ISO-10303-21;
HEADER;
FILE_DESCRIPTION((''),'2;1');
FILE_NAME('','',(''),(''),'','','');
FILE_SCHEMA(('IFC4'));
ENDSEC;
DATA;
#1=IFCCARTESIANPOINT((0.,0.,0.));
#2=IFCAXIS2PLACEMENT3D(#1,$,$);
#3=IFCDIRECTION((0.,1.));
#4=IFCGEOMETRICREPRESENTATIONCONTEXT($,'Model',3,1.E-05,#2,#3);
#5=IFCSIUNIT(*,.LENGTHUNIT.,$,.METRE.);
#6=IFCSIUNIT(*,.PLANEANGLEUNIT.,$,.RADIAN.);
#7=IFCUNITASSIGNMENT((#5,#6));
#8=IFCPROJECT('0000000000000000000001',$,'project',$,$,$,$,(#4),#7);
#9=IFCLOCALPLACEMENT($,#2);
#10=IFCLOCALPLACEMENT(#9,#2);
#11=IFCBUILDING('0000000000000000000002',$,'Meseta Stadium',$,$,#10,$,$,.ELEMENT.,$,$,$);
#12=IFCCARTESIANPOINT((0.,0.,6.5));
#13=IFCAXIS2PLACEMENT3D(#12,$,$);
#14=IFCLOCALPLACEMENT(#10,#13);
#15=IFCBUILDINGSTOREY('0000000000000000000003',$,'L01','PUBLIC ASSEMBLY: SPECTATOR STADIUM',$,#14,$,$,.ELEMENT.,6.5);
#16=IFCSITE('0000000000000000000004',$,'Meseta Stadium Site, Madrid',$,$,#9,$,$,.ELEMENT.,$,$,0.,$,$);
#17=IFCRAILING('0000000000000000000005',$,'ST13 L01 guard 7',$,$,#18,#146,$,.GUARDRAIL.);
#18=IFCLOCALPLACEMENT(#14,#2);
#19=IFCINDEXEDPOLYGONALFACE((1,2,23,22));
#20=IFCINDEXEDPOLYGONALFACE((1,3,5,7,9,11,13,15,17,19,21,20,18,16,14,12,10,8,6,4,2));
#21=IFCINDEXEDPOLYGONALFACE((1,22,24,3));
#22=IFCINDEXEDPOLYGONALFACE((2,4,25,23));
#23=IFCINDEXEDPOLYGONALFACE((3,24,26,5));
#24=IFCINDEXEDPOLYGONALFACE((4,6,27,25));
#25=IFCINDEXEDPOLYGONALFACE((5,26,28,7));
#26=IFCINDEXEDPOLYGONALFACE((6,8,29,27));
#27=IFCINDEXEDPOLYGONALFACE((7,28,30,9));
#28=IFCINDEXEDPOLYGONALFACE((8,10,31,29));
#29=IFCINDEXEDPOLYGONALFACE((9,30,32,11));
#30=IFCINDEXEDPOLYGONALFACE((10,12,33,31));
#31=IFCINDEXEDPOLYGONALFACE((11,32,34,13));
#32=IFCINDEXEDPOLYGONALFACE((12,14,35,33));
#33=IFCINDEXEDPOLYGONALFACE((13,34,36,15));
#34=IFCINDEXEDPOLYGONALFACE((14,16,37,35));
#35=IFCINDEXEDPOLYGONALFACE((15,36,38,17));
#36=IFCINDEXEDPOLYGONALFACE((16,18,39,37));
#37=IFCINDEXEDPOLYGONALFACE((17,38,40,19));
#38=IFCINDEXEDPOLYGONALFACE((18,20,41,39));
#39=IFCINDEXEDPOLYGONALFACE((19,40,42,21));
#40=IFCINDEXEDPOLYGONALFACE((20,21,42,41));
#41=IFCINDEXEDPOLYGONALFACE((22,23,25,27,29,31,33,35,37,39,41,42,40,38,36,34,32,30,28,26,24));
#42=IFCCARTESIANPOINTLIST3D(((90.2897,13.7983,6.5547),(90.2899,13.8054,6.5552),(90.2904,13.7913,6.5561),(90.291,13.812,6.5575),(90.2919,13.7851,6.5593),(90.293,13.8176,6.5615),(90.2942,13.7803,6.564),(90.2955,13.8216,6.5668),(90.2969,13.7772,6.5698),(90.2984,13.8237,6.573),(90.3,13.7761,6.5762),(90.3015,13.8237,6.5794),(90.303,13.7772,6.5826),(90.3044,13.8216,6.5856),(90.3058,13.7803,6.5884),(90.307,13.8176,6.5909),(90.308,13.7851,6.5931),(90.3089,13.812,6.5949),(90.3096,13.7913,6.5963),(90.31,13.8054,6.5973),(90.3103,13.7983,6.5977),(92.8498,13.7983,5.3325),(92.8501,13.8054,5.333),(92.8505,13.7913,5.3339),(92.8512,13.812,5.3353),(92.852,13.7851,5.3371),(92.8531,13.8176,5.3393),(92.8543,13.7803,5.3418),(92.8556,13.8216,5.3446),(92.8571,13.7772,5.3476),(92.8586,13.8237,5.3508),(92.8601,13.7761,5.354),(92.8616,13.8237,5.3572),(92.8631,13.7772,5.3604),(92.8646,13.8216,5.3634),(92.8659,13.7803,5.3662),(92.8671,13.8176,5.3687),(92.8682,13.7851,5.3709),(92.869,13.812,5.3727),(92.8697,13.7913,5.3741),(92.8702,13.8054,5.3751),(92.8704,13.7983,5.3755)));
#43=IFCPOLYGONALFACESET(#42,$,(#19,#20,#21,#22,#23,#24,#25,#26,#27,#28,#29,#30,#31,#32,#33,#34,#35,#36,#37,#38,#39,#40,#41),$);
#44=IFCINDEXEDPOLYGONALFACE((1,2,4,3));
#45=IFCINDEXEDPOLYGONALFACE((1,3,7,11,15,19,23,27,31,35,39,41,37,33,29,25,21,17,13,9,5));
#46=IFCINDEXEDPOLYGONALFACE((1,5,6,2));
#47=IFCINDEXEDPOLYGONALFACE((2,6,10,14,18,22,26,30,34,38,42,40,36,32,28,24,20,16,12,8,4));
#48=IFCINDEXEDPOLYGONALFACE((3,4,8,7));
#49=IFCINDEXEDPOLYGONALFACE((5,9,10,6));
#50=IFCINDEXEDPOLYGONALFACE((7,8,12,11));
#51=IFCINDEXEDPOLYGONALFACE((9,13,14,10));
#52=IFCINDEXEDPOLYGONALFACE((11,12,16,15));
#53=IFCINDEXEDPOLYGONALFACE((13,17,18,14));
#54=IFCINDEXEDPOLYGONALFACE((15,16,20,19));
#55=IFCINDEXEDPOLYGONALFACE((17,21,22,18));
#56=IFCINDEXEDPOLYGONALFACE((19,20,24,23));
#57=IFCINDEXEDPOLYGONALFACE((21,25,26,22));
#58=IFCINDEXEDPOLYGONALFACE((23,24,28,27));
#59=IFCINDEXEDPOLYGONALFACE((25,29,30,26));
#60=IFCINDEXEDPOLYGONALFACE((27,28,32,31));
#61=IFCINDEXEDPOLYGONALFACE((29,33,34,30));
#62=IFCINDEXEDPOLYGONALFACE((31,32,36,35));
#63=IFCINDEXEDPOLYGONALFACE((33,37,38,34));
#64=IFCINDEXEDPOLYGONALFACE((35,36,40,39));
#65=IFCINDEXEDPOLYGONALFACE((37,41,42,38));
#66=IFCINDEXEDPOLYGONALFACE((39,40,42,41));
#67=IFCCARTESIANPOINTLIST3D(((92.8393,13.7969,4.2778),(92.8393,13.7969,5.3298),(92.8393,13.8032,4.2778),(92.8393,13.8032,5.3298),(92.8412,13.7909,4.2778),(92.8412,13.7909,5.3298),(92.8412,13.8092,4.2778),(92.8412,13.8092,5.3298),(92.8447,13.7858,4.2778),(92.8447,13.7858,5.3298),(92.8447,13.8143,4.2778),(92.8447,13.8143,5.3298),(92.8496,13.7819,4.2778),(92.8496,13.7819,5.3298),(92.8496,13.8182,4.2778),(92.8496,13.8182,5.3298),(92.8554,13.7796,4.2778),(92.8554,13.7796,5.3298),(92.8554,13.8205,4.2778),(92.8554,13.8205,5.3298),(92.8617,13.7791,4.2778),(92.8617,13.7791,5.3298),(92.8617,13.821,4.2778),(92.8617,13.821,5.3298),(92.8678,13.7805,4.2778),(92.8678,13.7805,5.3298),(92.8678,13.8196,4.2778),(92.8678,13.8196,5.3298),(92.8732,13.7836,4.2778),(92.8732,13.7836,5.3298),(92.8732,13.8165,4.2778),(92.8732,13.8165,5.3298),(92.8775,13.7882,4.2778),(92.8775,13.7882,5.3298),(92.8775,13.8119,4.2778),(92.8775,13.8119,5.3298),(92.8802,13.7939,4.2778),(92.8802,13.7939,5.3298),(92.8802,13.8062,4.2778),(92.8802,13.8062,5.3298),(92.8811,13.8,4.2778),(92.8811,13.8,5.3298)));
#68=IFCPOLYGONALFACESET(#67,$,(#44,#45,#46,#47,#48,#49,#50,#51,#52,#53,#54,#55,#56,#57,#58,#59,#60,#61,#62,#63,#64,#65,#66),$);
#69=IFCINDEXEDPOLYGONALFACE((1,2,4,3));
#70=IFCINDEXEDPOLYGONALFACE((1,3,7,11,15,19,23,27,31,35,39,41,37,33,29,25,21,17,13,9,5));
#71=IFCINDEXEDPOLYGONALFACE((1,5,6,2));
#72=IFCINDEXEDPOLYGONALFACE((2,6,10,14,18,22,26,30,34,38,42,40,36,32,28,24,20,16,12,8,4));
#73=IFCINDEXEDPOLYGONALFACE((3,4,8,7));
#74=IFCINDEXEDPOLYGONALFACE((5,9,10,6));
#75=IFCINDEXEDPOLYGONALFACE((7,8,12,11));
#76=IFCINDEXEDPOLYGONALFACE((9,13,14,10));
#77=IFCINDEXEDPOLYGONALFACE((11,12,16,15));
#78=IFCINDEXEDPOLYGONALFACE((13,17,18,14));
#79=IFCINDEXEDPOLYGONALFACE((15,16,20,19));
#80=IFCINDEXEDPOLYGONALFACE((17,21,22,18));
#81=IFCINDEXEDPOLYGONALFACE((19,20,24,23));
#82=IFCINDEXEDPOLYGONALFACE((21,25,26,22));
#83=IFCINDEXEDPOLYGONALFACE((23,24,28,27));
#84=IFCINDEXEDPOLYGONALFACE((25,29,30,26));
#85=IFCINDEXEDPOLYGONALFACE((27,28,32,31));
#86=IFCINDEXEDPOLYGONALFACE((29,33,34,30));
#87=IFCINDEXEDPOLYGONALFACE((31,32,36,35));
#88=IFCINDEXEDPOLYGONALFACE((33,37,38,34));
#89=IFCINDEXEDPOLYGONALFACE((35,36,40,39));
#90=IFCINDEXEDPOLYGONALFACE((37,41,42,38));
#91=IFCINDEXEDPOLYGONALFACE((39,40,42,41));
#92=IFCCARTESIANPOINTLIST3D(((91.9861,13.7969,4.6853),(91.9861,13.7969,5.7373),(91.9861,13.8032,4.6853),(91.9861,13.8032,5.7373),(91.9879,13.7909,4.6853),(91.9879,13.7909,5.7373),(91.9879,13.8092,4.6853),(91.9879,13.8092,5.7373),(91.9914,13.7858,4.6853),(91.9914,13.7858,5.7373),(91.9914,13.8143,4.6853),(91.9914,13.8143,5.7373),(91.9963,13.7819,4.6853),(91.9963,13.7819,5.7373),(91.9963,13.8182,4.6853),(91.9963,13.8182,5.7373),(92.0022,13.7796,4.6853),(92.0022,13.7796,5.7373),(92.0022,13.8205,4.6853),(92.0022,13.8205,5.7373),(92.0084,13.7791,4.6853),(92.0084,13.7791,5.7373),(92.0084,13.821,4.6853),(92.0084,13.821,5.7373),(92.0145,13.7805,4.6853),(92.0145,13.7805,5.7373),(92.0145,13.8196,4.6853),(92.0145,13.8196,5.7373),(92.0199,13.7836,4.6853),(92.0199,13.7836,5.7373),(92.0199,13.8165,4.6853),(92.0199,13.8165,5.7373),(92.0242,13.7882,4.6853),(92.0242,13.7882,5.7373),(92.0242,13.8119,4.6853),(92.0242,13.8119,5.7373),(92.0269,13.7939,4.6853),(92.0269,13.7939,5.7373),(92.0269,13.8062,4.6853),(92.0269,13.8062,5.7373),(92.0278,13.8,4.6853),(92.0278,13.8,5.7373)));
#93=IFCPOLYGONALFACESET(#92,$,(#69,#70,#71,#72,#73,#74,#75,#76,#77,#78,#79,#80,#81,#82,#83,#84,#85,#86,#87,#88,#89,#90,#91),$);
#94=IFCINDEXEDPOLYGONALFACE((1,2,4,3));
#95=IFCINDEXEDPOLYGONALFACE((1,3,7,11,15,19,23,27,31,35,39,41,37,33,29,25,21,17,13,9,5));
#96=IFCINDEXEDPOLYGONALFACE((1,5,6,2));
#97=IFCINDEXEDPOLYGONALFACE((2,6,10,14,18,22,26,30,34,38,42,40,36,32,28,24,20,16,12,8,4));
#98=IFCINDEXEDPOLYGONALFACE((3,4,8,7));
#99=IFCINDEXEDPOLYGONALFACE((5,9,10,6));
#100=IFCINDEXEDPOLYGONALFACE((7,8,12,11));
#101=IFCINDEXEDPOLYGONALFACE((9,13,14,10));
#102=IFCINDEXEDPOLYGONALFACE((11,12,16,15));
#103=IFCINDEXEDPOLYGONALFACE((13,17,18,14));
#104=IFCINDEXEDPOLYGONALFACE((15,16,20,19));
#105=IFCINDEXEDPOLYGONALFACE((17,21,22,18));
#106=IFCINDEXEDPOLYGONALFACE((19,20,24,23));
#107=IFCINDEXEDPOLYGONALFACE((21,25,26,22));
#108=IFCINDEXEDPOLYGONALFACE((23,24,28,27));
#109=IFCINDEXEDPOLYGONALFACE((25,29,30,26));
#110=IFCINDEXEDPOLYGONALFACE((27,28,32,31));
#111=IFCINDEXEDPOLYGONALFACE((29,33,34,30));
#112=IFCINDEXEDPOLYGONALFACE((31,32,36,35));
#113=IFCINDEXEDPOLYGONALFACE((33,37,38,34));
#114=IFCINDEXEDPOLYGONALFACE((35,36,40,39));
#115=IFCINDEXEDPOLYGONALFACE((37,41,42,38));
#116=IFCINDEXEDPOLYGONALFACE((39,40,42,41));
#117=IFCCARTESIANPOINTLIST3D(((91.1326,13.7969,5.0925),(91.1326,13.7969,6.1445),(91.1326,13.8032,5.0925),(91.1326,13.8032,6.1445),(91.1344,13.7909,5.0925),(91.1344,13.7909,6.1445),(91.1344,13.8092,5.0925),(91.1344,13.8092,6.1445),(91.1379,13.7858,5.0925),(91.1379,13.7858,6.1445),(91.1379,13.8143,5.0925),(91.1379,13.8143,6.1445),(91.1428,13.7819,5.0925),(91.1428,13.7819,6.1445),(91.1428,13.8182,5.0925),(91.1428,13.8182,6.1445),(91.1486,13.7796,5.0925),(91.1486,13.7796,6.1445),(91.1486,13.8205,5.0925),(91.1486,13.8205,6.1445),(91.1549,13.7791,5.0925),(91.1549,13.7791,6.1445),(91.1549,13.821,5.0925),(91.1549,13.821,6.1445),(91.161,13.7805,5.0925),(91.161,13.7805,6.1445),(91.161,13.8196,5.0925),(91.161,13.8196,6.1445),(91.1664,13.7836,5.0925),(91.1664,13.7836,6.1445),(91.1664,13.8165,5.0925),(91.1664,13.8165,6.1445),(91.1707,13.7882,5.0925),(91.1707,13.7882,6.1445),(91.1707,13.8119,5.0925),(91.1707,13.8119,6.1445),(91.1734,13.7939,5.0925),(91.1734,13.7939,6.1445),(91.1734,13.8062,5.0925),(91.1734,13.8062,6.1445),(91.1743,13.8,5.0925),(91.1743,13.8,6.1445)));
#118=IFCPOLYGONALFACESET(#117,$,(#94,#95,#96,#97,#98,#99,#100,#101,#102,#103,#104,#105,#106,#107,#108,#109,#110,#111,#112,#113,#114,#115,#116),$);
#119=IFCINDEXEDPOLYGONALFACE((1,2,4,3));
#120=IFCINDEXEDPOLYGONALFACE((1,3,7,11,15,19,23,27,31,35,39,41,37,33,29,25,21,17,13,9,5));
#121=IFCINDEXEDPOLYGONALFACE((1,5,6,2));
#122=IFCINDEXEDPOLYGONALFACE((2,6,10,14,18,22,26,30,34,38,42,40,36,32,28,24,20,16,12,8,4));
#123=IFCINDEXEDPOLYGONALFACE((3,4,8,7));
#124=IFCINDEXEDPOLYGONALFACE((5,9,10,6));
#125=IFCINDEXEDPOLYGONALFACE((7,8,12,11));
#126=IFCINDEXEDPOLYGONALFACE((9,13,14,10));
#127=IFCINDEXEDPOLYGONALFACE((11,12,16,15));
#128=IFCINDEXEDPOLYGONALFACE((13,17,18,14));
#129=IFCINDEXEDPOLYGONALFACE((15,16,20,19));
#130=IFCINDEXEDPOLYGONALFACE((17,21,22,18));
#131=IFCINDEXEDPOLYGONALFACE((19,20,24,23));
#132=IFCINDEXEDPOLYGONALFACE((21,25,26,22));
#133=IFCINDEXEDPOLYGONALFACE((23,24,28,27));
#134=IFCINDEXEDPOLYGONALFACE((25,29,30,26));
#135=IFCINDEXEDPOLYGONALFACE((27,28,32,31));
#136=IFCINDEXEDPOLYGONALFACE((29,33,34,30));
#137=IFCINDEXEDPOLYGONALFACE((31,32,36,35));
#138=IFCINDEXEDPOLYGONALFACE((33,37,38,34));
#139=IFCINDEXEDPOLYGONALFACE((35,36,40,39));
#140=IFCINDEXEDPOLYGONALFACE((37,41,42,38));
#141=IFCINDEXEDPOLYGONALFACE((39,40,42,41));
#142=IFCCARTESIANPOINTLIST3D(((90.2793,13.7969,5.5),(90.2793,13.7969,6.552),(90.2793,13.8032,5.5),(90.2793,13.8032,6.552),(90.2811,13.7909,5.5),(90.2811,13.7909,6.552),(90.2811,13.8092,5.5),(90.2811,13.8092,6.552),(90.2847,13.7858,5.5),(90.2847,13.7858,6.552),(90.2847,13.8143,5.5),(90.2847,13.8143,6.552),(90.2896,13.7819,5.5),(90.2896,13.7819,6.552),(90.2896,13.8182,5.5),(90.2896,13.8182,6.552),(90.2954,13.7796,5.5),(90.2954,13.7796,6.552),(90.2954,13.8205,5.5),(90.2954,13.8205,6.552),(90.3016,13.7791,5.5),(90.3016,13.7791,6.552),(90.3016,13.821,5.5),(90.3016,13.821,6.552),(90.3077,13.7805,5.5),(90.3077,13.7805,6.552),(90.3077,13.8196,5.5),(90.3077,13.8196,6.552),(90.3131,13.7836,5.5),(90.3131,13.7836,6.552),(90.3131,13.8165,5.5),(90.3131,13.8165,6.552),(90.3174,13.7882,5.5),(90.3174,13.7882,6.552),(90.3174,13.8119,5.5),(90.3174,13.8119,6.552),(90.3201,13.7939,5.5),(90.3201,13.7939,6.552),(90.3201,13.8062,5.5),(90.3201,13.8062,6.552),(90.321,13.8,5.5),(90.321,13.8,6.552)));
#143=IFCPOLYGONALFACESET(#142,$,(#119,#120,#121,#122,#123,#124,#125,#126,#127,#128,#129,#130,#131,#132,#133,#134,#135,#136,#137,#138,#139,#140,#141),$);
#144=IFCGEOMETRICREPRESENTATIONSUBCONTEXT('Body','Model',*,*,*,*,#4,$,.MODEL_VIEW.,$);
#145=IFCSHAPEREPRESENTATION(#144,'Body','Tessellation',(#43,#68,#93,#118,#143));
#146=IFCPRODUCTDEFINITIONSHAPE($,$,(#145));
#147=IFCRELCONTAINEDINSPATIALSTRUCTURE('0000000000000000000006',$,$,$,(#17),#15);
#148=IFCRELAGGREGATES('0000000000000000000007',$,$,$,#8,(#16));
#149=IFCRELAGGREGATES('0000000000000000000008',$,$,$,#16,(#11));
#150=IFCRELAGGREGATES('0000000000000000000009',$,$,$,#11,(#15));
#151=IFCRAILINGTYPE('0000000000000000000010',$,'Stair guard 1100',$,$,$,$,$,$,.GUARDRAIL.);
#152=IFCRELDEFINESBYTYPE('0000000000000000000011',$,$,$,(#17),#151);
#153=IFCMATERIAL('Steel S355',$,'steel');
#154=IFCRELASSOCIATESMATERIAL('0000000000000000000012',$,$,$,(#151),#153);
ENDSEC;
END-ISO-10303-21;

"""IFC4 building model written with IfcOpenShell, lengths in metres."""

from ifc_helpers import new_model, si_unit, direction, frame, origin, origin_2d, place, context, subcontext, project, spatial, circle, extrude, material, type_object, element, save


model = new_model("IFC4")

# Units and contexts
model_context = context("Model", 3, precision=1e-05, world=origin(), true_north=direction((0.0, 1.0)))
body_context = subcontext(model_context, "Body", "Model", "MODEL_VIEW")
ifc_project = project(units=[si_unit("LENGTHUNIT", "METRE"), si_unit("PLANEANGLEUNIT", "RADIAN")], contexts=[model_context])

# Site, building, storey
site_placement = place(None, origin())
site = spatial("IfcSite", under=ifc_project, at=site_placement, Name="Meseta Stadium Site, Madrid", CompositionType="ELEMENT", RefElevation=0.0)
building_placement = place(site_placement, origin())
building = spatial("IfcBuilding", under=site, at=building_placement, Name="Meseta Stadium", CompositionType="ELEMENT")
storey_placement = place(building_placement, frame((0.0, 0.0, 6.5)))
storey = spatial("IfcBuildingStorey", under=building, at=storey_placement, Name="L01", Description="PUBLIC ASSEMBLY: SPECTATOR STADIUM", CompositionType="ELEMENT", Elevation=6.5)

# Railing
ifc_material_1 = material(Name="Steel S355", Category="steel")
railing_type_1 = type_object("IfcRailingType", Name="Stair guard 1100", PredefinedType="GUARDRAIL", material=ifc_material_1)
railing_1_placement = place(storey_placement, frame((92.8601, 13.8, 4.2778)))
element("IfcRailing", 1, at=railing_1_placement, inside=storey, type_object=railing_type_1, Name="ST13 L01 guard 7", PredefinedType="GUARDRAIL", context=body_context, shape_type="SweptSolid", body=[
    extrude(circle(Radius=0.0239, at=origin_2d()), frame((0.0, 0.0, 1.0762), z_axis=(-0.902437, 0.0, 0.430822), x_axis=(0.0, -1.0, 0.0)), (0.0, 0.0, 1.0), 2.8369),
    extrude(circle(Radius=0.021, at=origin_2d()), origin(), (0.0, 0.0, 1.0), 1.052),
    extrude(circle(Radius=0.021, at=origin_2d()), frame((-0.8533, 0.0, 0.4075)), (0.0, 0.0, 1.0), 1.052),
    extrude(circle(Radius=0.021, at=origin_2d()), frame((-1.7068, 0.0, 0.8147)), (0.0, 0.0, 1.0), 1.052),
    extrude(circle(Radius=0.021, at=origin_2d()), frame((-2.5601, 0.0, 1.2222)), (0.0, 0.0, 1.0), 1.052),
])

save(model, "model.ifc")
